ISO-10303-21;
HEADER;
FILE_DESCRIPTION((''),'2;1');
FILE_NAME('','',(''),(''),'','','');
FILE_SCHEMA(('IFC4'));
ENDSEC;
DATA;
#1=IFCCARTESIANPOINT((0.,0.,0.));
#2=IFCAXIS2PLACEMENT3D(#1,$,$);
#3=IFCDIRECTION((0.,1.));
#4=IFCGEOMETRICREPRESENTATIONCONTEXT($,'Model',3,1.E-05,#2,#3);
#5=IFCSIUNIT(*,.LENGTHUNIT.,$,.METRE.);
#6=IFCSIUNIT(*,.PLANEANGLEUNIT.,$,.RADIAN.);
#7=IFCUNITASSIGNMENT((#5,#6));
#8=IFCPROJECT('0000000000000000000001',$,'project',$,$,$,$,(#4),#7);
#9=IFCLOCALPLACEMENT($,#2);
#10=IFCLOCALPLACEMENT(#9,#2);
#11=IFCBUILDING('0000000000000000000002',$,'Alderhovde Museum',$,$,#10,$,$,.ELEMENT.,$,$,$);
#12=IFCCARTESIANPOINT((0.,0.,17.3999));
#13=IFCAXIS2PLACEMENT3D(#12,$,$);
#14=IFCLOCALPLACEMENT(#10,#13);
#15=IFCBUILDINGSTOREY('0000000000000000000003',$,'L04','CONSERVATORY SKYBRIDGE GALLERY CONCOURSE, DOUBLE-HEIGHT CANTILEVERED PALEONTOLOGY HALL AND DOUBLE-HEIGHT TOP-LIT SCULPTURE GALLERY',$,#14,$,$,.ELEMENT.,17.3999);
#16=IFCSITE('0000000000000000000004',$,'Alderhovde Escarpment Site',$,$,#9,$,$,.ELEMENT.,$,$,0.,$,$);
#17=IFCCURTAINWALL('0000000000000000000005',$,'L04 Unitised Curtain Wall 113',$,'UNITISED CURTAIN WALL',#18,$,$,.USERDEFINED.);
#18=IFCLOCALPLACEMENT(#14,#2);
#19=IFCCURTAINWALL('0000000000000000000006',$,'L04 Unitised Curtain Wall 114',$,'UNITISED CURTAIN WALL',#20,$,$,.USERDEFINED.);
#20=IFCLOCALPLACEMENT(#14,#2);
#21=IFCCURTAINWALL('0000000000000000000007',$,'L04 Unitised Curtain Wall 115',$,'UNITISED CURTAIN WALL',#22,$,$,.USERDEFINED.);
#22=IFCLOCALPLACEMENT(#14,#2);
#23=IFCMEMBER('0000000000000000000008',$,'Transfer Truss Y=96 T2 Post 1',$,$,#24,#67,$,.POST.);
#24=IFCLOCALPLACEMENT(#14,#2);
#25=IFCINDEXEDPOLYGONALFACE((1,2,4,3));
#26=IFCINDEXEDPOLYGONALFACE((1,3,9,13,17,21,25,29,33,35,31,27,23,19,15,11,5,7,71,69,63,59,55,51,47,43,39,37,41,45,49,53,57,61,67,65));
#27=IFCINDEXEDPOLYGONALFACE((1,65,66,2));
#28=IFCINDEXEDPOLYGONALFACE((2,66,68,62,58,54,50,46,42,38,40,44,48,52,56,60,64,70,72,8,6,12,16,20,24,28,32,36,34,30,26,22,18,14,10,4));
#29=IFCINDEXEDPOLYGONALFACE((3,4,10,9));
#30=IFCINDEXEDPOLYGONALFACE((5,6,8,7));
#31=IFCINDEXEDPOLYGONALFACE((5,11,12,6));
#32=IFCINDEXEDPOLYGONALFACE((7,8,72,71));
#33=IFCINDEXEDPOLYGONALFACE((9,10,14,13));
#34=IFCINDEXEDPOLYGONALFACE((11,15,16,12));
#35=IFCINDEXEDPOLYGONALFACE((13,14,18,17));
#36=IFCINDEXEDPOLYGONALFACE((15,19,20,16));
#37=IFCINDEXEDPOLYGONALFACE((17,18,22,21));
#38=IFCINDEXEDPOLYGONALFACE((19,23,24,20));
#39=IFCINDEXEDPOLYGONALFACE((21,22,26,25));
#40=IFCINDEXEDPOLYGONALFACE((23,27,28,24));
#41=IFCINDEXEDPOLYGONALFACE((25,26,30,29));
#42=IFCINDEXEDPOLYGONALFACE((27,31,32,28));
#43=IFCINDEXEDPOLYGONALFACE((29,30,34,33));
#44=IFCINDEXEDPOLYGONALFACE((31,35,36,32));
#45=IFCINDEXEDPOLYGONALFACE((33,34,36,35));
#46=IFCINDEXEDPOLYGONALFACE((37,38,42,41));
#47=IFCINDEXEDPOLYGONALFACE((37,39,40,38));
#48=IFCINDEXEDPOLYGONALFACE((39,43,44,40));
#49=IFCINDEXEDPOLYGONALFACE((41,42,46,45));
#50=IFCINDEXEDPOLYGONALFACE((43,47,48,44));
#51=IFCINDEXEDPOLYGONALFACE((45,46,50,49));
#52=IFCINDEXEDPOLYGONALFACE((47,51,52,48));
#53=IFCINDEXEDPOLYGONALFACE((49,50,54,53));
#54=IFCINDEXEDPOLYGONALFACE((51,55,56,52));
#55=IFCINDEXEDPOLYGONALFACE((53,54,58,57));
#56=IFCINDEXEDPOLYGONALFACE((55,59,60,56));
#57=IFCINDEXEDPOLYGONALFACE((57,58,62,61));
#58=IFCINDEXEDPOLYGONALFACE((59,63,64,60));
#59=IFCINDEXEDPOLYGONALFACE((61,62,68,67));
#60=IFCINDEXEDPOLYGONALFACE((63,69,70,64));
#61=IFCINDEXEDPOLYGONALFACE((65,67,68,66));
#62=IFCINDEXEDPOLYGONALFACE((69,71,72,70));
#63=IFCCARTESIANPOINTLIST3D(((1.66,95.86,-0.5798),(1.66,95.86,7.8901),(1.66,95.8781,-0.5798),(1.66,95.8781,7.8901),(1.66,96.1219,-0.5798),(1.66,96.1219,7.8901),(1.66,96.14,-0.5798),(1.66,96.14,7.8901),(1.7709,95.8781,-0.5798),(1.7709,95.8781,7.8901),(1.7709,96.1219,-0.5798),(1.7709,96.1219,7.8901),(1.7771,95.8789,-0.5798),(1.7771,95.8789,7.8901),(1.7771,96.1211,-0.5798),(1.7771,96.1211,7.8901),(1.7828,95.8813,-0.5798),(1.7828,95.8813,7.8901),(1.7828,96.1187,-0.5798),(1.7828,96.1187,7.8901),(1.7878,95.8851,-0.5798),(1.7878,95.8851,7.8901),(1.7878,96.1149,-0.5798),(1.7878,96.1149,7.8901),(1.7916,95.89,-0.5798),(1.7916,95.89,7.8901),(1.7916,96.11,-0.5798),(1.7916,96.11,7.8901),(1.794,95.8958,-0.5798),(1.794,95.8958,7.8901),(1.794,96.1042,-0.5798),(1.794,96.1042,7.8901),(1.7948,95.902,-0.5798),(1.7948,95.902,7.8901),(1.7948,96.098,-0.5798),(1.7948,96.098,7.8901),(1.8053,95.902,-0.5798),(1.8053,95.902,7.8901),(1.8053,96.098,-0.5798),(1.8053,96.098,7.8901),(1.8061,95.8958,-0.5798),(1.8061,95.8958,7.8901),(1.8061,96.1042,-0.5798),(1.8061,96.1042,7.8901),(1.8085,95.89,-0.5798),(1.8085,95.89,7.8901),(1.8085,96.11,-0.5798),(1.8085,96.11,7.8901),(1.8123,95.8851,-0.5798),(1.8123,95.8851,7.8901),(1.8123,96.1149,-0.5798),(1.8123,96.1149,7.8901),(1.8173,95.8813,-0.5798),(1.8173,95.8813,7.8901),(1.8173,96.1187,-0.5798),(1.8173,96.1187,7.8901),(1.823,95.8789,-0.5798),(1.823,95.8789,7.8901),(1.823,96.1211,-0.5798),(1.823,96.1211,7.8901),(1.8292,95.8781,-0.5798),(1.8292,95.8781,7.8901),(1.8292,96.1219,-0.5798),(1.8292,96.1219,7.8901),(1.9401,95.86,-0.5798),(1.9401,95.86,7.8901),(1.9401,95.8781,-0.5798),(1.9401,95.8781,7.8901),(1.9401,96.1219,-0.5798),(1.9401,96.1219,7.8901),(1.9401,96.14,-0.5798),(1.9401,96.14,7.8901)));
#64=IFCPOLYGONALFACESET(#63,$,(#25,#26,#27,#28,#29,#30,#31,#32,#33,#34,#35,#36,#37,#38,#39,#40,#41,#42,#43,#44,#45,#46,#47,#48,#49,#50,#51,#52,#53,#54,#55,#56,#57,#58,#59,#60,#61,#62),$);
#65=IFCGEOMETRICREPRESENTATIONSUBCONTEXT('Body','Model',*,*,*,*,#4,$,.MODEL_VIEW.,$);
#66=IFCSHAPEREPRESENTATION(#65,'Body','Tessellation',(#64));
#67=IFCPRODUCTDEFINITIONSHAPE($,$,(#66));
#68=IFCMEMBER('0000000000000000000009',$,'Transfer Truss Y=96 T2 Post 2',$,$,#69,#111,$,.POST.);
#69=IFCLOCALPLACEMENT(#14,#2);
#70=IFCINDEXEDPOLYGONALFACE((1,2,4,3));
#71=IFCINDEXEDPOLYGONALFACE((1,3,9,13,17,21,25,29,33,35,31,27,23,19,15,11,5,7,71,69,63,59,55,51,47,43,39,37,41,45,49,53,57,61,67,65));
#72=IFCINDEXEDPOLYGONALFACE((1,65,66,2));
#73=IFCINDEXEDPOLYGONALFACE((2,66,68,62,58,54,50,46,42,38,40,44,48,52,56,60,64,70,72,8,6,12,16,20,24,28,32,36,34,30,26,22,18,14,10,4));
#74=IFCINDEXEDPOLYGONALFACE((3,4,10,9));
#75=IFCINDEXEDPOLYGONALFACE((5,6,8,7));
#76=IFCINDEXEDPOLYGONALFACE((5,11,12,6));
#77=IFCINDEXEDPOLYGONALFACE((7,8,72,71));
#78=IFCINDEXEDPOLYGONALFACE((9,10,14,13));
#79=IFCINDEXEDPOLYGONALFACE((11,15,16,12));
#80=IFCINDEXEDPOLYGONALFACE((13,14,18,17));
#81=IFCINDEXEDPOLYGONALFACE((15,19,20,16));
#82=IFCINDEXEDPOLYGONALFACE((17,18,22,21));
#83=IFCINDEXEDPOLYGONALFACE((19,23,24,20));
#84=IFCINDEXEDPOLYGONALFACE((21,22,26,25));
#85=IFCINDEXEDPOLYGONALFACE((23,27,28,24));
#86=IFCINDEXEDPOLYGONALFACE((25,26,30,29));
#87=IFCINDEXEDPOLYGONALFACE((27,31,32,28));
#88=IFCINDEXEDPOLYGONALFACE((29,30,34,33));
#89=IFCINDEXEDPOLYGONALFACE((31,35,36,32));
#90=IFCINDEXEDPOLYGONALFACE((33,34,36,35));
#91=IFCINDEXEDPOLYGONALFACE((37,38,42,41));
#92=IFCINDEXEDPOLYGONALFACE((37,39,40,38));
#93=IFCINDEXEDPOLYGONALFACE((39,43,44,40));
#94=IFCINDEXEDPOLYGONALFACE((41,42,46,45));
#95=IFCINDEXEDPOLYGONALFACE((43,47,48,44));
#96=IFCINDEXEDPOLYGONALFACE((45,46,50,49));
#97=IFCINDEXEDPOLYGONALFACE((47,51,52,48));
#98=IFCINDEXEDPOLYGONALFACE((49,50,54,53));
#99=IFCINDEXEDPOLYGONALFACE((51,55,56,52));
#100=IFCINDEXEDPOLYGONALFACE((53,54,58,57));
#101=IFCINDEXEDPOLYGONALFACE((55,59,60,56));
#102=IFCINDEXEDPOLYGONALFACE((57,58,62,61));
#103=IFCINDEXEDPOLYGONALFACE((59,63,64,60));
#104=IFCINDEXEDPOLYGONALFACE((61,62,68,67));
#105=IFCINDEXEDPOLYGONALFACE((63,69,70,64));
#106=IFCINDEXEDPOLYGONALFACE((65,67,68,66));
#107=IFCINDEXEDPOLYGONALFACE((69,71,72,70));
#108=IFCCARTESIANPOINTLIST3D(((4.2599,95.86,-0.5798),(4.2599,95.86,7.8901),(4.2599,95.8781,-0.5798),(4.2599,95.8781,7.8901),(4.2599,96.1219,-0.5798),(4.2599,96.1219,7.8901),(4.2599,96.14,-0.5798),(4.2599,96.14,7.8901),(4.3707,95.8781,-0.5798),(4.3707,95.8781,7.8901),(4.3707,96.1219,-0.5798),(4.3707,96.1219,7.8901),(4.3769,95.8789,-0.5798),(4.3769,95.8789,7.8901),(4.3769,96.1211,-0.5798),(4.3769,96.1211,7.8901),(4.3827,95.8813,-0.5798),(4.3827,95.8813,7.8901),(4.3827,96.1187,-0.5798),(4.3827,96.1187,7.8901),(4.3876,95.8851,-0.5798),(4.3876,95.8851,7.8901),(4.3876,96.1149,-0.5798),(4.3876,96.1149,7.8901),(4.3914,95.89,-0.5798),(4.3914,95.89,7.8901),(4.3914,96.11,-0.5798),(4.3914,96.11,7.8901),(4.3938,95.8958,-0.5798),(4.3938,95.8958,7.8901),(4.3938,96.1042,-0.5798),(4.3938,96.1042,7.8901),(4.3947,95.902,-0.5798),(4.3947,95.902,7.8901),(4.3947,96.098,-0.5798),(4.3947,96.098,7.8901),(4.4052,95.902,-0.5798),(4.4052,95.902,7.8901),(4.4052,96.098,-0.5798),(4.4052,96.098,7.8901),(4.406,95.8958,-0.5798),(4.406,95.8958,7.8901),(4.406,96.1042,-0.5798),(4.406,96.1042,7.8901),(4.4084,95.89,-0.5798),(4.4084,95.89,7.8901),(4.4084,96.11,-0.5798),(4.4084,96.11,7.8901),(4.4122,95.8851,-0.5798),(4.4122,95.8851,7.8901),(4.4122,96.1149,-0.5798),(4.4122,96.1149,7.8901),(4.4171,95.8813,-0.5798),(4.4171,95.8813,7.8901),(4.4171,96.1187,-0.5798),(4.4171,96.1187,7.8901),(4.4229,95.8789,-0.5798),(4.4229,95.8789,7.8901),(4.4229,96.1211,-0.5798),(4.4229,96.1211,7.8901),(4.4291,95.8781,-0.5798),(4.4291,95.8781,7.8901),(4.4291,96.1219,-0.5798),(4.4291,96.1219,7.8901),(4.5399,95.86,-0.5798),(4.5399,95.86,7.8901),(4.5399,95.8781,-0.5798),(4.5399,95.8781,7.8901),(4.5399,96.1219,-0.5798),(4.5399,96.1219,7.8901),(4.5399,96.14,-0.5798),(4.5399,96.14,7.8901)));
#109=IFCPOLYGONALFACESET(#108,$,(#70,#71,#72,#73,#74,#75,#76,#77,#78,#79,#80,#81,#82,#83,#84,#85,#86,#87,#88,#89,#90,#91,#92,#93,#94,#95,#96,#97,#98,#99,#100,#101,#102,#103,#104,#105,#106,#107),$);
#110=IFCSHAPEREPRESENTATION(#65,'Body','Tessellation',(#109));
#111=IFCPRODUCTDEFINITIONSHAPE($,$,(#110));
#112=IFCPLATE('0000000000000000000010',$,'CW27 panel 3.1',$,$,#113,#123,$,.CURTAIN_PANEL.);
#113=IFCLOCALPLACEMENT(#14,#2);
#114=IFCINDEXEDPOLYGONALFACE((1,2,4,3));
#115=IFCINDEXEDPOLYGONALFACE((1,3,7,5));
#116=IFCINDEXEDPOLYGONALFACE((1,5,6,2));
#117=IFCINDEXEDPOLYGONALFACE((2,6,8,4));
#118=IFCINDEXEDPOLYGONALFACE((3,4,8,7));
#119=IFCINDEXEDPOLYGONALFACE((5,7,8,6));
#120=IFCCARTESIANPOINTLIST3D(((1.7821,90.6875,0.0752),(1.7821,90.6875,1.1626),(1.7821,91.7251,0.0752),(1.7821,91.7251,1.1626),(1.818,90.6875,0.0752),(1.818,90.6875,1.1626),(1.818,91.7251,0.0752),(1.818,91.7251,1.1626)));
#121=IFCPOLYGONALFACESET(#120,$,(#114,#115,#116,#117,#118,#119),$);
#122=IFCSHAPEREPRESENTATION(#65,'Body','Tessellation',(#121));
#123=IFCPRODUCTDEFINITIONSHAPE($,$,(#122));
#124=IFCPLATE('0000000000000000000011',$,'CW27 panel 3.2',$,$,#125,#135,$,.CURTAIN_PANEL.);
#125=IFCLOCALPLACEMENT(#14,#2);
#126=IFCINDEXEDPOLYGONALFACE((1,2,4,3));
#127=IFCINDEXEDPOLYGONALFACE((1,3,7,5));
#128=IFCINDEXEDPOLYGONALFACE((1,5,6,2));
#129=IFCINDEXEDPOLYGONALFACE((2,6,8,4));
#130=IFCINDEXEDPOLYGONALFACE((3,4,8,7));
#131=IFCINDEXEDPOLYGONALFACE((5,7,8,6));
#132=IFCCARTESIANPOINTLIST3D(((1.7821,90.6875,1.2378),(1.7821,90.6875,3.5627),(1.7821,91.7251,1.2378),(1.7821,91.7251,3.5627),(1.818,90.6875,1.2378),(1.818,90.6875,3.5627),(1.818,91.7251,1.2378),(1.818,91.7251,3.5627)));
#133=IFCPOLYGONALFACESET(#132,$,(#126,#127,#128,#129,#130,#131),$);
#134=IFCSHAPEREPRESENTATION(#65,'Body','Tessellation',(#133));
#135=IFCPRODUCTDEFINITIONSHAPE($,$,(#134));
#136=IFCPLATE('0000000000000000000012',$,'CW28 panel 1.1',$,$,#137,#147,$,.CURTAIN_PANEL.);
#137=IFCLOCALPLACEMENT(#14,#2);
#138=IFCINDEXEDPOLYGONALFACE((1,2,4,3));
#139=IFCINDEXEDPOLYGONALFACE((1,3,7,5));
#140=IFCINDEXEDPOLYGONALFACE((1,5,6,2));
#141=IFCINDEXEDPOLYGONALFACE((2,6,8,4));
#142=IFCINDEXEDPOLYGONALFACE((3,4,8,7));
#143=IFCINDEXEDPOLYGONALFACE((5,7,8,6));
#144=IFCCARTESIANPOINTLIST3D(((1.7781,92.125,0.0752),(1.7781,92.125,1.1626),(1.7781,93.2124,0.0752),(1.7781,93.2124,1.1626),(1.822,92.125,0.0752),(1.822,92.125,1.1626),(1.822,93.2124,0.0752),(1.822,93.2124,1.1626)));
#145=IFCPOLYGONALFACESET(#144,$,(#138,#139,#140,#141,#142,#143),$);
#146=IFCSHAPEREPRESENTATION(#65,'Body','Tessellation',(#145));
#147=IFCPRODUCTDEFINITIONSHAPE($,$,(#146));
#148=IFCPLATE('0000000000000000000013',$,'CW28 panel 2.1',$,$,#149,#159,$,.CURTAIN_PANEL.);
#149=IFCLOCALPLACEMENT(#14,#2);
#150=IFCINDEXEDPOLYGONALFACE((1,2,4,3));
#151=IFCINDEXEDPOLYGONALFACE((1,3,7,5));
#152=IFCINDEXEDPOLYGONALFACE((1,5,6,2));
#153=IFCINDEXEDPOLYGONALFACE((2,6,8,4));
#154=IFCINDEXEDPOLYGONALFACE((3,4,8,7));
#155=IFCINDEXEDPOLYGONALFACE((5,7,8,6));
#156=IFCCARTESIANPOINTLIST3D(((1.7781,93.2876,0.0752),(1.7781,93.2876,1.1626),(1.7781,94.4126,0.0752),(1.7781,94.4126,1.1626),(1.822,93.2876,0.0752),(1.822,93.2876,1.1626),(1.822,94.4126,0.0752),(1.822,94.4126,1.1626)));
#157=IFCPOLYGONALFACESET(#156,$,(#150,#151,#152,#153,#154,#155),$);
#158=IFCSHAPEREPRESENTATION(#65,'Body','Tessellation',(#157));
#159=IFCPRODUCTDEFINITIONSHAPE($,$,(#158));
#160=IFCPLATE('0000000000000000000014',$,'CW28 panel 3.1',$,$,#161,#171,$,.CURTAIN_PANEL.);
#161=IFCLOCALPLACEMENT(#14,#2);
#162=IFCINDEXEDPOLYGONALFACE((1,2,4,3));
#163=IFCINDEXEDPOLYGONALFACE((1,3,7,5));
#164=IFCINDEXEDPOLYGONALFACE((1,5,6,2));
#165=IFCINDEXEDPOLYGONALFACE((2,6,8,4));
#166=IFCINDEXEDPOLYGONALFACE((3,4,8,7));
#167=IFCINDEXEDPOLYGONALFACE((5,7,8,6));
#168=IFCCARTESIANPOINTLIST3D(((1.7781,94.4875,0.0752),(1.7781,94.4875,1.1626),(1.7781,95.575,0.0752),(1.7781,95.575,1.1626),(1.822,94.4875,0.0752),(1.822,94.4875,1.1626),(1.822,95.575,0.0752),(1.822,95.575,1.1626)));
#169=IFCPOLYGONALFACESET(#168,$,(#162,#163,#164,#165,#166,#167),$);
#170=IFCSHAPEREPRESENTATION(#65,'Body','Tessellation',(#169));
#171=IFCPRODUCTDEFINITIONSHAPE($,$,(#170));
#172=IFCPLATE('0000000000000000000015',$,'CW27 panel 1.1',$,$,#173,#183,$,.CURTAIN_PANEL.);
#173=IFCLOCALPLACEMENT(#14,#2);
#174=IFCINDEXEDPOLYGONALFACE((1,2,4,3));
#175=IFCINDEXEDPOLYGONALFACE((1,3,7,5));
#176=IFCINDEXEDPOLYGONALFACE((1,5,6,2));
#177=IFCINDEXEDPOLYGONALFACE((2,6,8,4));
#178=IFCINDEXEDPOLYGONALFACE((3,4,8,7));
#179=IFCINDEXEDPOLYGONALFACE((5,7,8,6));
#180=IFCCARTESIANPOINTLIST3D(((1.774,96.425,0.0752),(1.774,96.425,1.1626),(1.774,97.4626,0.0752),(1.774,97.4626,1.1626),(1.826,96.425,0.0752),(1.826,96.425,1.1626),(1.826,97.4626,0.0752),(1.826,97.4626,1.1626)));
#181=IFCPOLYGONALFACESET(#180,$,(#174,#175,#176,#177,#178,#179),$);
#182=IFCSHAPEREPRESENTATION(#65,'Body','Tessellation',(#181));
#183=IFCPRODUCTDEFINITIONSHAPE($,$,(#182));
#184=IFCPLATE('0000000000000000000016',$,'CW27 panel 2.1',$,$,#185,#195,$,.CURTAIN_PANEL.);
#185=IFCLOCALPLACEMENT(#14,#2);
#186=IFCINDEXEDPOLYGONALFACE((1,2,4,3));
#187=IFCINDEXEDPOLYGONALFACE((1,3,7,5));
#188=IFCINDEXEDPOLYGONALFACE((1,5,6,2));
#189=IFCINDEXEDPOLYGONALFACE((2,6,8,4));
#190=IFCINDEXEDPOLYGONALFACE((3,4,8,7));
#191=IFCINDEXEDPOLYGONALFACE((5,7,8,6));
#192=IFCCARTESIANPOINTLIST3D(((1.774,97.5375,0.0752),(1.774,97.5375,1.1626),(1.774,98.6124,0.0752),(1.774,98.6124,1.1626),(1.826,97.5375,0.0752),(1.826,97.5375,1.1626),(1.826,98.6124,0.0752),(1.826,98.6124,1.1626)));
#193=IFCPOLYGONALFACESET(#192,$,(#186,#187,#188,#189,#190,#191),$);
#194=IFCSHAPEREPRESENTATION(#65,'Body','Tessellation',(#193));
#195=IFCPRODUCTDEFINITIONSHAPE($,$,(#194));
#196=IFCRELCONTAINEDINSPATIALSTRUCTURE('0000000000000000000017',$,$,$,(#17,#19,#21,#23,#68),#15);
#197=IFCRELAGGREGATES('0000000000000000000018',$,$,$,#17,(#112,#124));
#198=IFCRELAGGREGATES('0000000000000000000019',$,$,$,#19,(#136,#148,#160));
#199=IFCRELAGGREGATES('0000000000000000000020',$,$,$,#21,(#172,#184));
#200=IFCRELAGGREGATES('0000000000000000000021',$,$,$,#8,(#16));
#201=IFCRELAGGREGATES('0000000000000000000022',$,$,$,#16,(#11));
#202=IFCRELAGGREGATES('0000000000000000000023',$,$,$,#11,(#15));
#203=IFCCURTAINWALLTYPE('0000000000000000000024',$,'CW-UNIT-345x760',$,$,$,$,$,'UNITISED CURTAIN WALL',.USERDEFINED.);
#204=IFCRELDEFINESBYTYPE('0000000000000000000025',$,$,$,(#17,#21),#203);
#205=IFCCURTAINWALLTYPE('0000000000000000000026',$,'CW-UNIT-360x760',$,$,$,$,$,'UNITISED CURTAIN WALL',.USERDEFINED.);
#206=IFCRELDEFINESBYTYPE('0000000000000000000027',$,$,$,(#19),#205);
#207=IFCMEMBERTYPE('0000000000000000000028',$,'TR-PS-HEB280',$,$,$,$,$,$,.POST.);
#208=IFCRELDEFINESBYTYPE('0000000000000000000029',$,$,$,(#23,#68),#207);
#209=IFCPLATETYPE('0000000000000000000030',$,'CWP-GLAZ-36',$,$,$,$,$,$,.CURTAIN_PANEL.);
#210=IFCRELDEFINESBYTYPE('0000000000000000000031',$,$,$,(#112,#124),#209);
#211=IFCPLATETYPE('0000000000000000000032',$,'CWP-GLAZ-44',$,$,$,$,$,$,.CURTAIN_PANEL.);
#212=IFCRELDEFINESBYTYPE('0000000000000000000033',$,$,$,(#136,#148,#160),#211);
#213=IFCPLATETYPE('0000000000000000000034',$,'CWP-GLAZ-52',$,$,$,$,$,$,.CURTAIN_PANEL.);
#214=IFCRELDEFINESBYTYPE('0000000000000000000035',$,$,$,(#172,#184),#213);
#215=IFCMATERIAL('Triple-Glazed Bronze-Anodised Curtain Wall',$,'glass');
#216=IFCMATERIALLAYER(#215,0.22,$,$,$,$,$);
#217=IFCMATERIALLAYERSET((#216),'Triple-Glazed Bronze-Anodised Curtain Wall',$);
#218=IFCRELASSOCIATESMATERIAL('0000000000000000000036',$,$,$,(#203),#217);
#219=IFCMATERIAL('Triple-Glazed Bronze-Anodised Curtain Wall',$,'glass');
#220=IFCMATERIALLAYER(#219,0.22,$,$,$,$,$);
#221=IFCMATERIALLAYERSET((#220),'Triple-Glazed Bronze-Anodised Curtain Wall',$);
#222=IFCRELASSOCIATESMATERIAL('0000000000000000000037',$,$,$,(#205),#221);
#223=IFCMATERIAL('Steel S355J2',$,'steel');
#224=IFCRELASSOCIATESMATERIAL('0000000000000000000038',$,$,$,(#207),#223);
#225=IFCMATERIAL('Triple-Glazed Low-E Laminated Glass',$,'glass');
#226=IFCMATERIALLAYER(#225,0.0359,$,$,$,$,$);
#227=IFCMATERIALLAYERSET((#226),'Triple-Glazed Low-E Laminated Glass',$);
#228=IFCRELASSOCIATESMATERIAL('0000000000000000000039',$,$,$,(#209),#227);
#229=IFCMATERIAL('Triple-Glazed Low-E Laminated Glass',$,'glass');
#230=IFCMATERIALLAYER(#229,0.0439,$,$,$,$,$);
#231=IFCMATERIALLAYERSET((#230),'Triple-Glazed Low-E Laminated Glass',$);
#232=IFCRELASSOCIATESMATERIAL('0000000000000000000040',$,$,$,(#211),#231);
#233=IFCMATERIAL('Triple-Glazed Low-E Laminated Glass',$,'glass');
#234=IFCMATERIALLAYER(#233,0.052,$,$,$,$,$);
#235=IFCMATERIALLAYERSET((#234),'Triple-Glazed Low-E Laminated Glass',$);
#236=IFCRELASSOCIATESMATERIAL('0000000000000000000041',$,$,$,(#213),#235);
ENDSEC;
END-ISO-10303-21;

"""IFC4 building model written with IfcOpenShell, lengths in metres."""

from ifc_helpers import new_model, si_unit, direction, frame, origin, origin_2d, place, context, subcontext, project, spatial, rectangle, i_section, extrude, material, layer, layer_set, material_profile, profile_set, type_object, element, aggregate, save


model = new_model("IFC4")

# Units and contexts
model_context = context("Model", 3, precision=1e-05, world=origin(), true_north=direction((0.0, 1.0)))
body_context = subcontext(model_context, "Body", "Model", "MODEL_VIEW")
ifc_project = project(units=[si_unit("LENGTHUNIT", "METRE"), si_unit("PLANEANGLEUNIT", "RADIAN")], contexts=[model_context])

# Site, building, storey
site_placement = place(None, origin())
site = spatial("IfcSite", under=ifc_project, at=site_placement, Name="Alderhovde Escarpment Site", CompositionType="ELEMENT", RefElevation=0.0)
building_placement = place(site_placement, origin())
building = spatial("IfcBuilding", under=site, at=building_placement, Name="Alderhovde Museum", CompositionType="ELEMENT")
storey_placement = place(building_placement, frame((0.0, 0.0, 17.3999)))
storey = spatial("IfcBuildingStorey", under=building, at=storey_placement, Name="L04", Description="CONSERVATORY SKYBRIDGE GALLERY CONCOURSE, DOUBLE-HEIGHT CANTILEVERED PALEONTOLOGY HALL AND DOUBLE-HEIGHT TOP-LIT SCULPTURE GALLERY", CompositionType="ELEMENT", Elevation=17.3999)

# Curtain wall
ifc_material_1 = material(Name="Triple-Glazed Bronze-Anodised Curtain Wall", Category="glass")
ifc_layer_1 = layer(ifc_material_1, 0.22)
ifc_layer_set_1 = layer_set([ifc_layer_1], Name="Triple-Glazed Bronze-Anodised Curtain Wall")
curtain_wall_type_1 = type_object("IfcCurtainWallType", Name="CW-UNIT-345x760", ElementType="UNITISED CURTAIN WALL", PredefinedType="USERDEFINED", material=ifc_layer_set_1)
curtain_wall_1_placement = place(storey_placement, origin())
curtain_wall_1 = element("IfcCurtainWall", 1, at=curtain_wall_1_placement, inside=storey, type_object=curtain_wall_type_1, Name="L04 Unitised Curtain Wall 113", ObjectType="UNITISED CURTAIN WALL", PredefinedType="USERDEFINED")

# Curtain walls
ifc_material_2 = material(Name="Triple-Glazed Bronze-Anodised Curtain Wall", Category="glass")
ifc_layer_2 = layer(ifc_material_2, 0.22)
ifc_layer_set_2 = layer_set([ifc_layer_2], Name="Triple-Glazed Bronze-Anodised Curtain Wall")
curtain_wall_type_2 = type_object("IfcCurtainWallType", Name="CW-UNIT-360x760", ElementType="UNITISED CURTAIN WALL", PredefinedType="USERDEFINED", material=ifc_layer_set_2)
curtain_wall_2_placement = place(storey_placement, origin())
curtain_wall_2 = element("IfcCurtainWall", 2, at=curtain_wall_2_placement, inside=storey, type_object=curtain_wall_type_2, Name="L04 Unitised Curtain Wall 114", ObjectType="UNITISED CURTAIN WALL", PredefinedType="USERDEFINED")
curtain_wall_3_placement = place(storey_placement, origin())
curtain_wall_3 = element("IfcCurtainWall", 3, at=curtain_wall_3_placement, inside=storey, type_object=curtain_wall_type_1, Name="L04 Unitised Curtain Wall 115", ObjectType="UNITISED CURTAIN WALL", PredefinedType="USERDEFINED")

# Members
ifc_material_3 = material(Name="Steel S355J2", Category="steel")
ifc_material_profile_1 = material_profile(ifc_material_3, i_section(OverallWidth=0.28, OverallDepth=0.28, WebThickness=0.0105, FlangeThickness=0.0181, FilletRadius=0.0239, at=origin_2d()), Name="HEB 280")
ifc_profile_set_1 = profile_set([ifc_material_profile_1], Name="Steel S355J2")
member_type_1 = type_object("IfcMemberType", Name="TR-PS-HEB280", PredefinedType="POST", material=ifc_profile_set_1)
for number, where, z_axis, x_axis, name in (
    (4, (1.8, 96.0, -0.5798), (0.0, 0.0, 1.0), (1.0, 0.0, 0.0), "Transfer Truss Y=96 T2 Post 1"),
    (5, (4.3999, 96.0, -0.5798), (0.0, 0.0, 1.0), (1.0, 0.0, 0.0), "Transfer Truss Y=96 T2 Post 2"),
):
    element("IfcMember", number, at=place(storey_placement, frame(where, z_axis=z_axis, x_axis=x_axis)), inside=storey, type_object=member_type_1, Name=name, PredefinedType="POST", context=body_context, shape_type="SweptSolid", body=[
        extrude(i_section(OverallWidth=0.28, OverallDepth=0.28, WebThickness=0.0105, FlangeThickness=0.0181, FilletRadius=0.0239, at=origin_2d()), origin(), (0.0, 0.0, 1.0), 8.47),
    ])

# Plates
ifc_material_4 = material(Name="Triple-Glazed Low-E Laminated Glass", Category="glass")
ifc_layer_3 = layer(ifc_material_4, 0.0359)
ifc_layer_set_3 = layer_set([ifc_layer_3], Name="Triple-Glazed Low-E Laminated Glass")
plate_type_1 = type_object("IfcPlateType", Name="CWP-GLAZ-36", PredefinedType="CURTAIN_PANEL", material=ifc_layer_set_3)
plate_1_placement = place(storey_placement, frame((1.8, 91.2063, 0.0752), z_axis=(0.0, 0.0, 1.0), x_axis=(0.0, 1.0, 0.0)))
plate_1 = element("IfcPlate", 6, at=plate_1_placement, type_object=plate_type_1, Name="CW27 panel 3.1", PredefinedType="CURTAIN_PANEL", context=body_context, shape_type="SweptSolid", body=[
    extrude(rectangle(XDim=1.0376, YDim=0.0359, at=origin_2d()), origin(), (0.0, 0.0, 1.0), 1.0874),
])
plate_2_placement = place(storey_placement, frame((1.8, 91.2063, 1.2378), z_axis=(0.0, 0.0, 1.0), x_axis=(0.0, 1.0, 0.0)))
plate_2 = element("IfcPlate", 7, at=plate_2_placement, type_object=plate_type_1, Name="CW27 panel 3.2", PredefinedType="CURTAIN_PANEL", context=body_context, shape_type="SweptSolid", body=[
    extrude(rectangle(XDim=1.0376, YDim=0.0359, at=origin_2d()), origin(), (0.0, 0.0, 1.0), 2.325),
])
aggregate(curtain_wall_1, [plate_1, plate_2])
ifc_material_5 = material(Name="Triple-Glazed Low-E Laminated Glass", Category="glass")
ifc_layer_4 = layer(ifc_material_5, 0.0439)
ifc_layer_set_4 = layer_set([ifc_layer_4], Name="Triple-Glazed Low-E Laminated Glass")
plate_type_2 = type_object("IfcPlateType", Name="CWP-GLAZ-44", PredefinedType="CURTAIN_PANEL", material=ifc_layer_set_4)
plate_3_placement = place(storey_placement, frame((1.8, 92.6687, 0.0752), z_axis=(0.0, 0.0, 1.0), x_axis=(0.0, 1.0, 0.0)))
plate_3 = element("IfcPlate", 8, at=plate_3_placement, type_object=plate_type_2, Name="CW28 panel 1.1", PredefinedType="CURTAIN_PANEL", context=body_context, shape_type="SweptSolid", body=[
    extrude(rectangle(XDim=1.0874, YDim=0.0439, at=origin_2d()), origin(), (0.0, 0.0, 1.0), 1.0874),
])
plate_4_placement = place(storey_placement, frame((1.8, 93.8501, 0.0752), z_axis=(0.0, 0.0, 1.0), x_axis=(0.0, 1.0, 0.0)))
plate_4 = element("IfcPlate", 9, at=plate_4_placement, type_object=plate_type_2, Name="CW28 panel 2.1", PredefinedType="CURTAIN_PANEL", context=body_context, shape_type="SweptSolid", body=[
    extrude(rectangle(XDim=1.125, YDim=0.0439, at=origin_2d()), origin(), (0.0, 0.0, 1.0), 1.0874),
])
plate_5_placement = place(storey_placement, frame((1.8, 95.0312, 0.0752), z_axis=(0.0, 0.0, 1.0), x_axis=(0.0, 1.0, 0.0)))
plate_5 = element("IfcPlate", 10, at=plate_5_placement, type_object=plate_type_2, Name="CW28 panel 3.1", PredefinedType="CURTAIN_PANEL", context=body_context, shape_type="SweptSolid", body=[
    extrude(rectangle(XDim=1.0874, YDim=0.0439, at=origin_2d()), origin(), (0.0, 0.0, 1.0), 1.0874),
])
aggregate(curtain_wall_2, [plate_3, plate_4, plate_5])
ifc_material_6 = material(Name="Triple-Glazed Low-E Laminated Glass", Category="glass")
ifc_layer_5 = layer(ifc_material_6, 0.052)
ifc_layer_set_5 = layer_set([ifc_layer_5], Name="Triple-Glazed Low-E Laminated Glass")
plate_type_3 = type_object("IfcPlateType", Name="CWP-GLAZ-52", PredefinedType="CURTAIN_PANEL", material=ifc_layer_set_5)
plate_6_placement = place(storey_placement, frame((1.8, 96.9438, 0.0752), z_axis=(0.0, 0.0, 1.0), x_axis=(0.0, 1.0, 0.0)))
plate_6 = element("IfcPlate", 11, at=plate_6_placement, type_object=plate_type_3, Name="CW27 panel 1.1", PredefinedType="CURTAIN_PANEL", context=body_context, shape_type="SweptSolid", body=[
    extrude(rectangle(XDim=1.0376, YDim=0.052, at=origin_2d()), origin(), (0.0, 0.0, 1.0), 1.0874),
])
plate_7_placement = place(storey_placement, frame((1.8, 98.075, 0.0752), z_axis=(0.0, 0.0, 1.0), x_axis=(0.0, 1.0, 0.0)))
plate_7 = element("IfcPlate", 12, at=plate_7_placement, type_object=plate_type_3, Name="CW27 panel 2.1", PredefinedType="CURTAIN_PANEL", context=body_context, shape_type="SweptSolid", body=[
    extrude(rectangle(XDim=1.075, YDim=0.052, at=origin_2d()), origin(), (0.0, 0.0, 1.0), 1.0874),
])
aggregate(curtain_wall_3, [plate_6, plate_7])

save(model, "model.ifc")
